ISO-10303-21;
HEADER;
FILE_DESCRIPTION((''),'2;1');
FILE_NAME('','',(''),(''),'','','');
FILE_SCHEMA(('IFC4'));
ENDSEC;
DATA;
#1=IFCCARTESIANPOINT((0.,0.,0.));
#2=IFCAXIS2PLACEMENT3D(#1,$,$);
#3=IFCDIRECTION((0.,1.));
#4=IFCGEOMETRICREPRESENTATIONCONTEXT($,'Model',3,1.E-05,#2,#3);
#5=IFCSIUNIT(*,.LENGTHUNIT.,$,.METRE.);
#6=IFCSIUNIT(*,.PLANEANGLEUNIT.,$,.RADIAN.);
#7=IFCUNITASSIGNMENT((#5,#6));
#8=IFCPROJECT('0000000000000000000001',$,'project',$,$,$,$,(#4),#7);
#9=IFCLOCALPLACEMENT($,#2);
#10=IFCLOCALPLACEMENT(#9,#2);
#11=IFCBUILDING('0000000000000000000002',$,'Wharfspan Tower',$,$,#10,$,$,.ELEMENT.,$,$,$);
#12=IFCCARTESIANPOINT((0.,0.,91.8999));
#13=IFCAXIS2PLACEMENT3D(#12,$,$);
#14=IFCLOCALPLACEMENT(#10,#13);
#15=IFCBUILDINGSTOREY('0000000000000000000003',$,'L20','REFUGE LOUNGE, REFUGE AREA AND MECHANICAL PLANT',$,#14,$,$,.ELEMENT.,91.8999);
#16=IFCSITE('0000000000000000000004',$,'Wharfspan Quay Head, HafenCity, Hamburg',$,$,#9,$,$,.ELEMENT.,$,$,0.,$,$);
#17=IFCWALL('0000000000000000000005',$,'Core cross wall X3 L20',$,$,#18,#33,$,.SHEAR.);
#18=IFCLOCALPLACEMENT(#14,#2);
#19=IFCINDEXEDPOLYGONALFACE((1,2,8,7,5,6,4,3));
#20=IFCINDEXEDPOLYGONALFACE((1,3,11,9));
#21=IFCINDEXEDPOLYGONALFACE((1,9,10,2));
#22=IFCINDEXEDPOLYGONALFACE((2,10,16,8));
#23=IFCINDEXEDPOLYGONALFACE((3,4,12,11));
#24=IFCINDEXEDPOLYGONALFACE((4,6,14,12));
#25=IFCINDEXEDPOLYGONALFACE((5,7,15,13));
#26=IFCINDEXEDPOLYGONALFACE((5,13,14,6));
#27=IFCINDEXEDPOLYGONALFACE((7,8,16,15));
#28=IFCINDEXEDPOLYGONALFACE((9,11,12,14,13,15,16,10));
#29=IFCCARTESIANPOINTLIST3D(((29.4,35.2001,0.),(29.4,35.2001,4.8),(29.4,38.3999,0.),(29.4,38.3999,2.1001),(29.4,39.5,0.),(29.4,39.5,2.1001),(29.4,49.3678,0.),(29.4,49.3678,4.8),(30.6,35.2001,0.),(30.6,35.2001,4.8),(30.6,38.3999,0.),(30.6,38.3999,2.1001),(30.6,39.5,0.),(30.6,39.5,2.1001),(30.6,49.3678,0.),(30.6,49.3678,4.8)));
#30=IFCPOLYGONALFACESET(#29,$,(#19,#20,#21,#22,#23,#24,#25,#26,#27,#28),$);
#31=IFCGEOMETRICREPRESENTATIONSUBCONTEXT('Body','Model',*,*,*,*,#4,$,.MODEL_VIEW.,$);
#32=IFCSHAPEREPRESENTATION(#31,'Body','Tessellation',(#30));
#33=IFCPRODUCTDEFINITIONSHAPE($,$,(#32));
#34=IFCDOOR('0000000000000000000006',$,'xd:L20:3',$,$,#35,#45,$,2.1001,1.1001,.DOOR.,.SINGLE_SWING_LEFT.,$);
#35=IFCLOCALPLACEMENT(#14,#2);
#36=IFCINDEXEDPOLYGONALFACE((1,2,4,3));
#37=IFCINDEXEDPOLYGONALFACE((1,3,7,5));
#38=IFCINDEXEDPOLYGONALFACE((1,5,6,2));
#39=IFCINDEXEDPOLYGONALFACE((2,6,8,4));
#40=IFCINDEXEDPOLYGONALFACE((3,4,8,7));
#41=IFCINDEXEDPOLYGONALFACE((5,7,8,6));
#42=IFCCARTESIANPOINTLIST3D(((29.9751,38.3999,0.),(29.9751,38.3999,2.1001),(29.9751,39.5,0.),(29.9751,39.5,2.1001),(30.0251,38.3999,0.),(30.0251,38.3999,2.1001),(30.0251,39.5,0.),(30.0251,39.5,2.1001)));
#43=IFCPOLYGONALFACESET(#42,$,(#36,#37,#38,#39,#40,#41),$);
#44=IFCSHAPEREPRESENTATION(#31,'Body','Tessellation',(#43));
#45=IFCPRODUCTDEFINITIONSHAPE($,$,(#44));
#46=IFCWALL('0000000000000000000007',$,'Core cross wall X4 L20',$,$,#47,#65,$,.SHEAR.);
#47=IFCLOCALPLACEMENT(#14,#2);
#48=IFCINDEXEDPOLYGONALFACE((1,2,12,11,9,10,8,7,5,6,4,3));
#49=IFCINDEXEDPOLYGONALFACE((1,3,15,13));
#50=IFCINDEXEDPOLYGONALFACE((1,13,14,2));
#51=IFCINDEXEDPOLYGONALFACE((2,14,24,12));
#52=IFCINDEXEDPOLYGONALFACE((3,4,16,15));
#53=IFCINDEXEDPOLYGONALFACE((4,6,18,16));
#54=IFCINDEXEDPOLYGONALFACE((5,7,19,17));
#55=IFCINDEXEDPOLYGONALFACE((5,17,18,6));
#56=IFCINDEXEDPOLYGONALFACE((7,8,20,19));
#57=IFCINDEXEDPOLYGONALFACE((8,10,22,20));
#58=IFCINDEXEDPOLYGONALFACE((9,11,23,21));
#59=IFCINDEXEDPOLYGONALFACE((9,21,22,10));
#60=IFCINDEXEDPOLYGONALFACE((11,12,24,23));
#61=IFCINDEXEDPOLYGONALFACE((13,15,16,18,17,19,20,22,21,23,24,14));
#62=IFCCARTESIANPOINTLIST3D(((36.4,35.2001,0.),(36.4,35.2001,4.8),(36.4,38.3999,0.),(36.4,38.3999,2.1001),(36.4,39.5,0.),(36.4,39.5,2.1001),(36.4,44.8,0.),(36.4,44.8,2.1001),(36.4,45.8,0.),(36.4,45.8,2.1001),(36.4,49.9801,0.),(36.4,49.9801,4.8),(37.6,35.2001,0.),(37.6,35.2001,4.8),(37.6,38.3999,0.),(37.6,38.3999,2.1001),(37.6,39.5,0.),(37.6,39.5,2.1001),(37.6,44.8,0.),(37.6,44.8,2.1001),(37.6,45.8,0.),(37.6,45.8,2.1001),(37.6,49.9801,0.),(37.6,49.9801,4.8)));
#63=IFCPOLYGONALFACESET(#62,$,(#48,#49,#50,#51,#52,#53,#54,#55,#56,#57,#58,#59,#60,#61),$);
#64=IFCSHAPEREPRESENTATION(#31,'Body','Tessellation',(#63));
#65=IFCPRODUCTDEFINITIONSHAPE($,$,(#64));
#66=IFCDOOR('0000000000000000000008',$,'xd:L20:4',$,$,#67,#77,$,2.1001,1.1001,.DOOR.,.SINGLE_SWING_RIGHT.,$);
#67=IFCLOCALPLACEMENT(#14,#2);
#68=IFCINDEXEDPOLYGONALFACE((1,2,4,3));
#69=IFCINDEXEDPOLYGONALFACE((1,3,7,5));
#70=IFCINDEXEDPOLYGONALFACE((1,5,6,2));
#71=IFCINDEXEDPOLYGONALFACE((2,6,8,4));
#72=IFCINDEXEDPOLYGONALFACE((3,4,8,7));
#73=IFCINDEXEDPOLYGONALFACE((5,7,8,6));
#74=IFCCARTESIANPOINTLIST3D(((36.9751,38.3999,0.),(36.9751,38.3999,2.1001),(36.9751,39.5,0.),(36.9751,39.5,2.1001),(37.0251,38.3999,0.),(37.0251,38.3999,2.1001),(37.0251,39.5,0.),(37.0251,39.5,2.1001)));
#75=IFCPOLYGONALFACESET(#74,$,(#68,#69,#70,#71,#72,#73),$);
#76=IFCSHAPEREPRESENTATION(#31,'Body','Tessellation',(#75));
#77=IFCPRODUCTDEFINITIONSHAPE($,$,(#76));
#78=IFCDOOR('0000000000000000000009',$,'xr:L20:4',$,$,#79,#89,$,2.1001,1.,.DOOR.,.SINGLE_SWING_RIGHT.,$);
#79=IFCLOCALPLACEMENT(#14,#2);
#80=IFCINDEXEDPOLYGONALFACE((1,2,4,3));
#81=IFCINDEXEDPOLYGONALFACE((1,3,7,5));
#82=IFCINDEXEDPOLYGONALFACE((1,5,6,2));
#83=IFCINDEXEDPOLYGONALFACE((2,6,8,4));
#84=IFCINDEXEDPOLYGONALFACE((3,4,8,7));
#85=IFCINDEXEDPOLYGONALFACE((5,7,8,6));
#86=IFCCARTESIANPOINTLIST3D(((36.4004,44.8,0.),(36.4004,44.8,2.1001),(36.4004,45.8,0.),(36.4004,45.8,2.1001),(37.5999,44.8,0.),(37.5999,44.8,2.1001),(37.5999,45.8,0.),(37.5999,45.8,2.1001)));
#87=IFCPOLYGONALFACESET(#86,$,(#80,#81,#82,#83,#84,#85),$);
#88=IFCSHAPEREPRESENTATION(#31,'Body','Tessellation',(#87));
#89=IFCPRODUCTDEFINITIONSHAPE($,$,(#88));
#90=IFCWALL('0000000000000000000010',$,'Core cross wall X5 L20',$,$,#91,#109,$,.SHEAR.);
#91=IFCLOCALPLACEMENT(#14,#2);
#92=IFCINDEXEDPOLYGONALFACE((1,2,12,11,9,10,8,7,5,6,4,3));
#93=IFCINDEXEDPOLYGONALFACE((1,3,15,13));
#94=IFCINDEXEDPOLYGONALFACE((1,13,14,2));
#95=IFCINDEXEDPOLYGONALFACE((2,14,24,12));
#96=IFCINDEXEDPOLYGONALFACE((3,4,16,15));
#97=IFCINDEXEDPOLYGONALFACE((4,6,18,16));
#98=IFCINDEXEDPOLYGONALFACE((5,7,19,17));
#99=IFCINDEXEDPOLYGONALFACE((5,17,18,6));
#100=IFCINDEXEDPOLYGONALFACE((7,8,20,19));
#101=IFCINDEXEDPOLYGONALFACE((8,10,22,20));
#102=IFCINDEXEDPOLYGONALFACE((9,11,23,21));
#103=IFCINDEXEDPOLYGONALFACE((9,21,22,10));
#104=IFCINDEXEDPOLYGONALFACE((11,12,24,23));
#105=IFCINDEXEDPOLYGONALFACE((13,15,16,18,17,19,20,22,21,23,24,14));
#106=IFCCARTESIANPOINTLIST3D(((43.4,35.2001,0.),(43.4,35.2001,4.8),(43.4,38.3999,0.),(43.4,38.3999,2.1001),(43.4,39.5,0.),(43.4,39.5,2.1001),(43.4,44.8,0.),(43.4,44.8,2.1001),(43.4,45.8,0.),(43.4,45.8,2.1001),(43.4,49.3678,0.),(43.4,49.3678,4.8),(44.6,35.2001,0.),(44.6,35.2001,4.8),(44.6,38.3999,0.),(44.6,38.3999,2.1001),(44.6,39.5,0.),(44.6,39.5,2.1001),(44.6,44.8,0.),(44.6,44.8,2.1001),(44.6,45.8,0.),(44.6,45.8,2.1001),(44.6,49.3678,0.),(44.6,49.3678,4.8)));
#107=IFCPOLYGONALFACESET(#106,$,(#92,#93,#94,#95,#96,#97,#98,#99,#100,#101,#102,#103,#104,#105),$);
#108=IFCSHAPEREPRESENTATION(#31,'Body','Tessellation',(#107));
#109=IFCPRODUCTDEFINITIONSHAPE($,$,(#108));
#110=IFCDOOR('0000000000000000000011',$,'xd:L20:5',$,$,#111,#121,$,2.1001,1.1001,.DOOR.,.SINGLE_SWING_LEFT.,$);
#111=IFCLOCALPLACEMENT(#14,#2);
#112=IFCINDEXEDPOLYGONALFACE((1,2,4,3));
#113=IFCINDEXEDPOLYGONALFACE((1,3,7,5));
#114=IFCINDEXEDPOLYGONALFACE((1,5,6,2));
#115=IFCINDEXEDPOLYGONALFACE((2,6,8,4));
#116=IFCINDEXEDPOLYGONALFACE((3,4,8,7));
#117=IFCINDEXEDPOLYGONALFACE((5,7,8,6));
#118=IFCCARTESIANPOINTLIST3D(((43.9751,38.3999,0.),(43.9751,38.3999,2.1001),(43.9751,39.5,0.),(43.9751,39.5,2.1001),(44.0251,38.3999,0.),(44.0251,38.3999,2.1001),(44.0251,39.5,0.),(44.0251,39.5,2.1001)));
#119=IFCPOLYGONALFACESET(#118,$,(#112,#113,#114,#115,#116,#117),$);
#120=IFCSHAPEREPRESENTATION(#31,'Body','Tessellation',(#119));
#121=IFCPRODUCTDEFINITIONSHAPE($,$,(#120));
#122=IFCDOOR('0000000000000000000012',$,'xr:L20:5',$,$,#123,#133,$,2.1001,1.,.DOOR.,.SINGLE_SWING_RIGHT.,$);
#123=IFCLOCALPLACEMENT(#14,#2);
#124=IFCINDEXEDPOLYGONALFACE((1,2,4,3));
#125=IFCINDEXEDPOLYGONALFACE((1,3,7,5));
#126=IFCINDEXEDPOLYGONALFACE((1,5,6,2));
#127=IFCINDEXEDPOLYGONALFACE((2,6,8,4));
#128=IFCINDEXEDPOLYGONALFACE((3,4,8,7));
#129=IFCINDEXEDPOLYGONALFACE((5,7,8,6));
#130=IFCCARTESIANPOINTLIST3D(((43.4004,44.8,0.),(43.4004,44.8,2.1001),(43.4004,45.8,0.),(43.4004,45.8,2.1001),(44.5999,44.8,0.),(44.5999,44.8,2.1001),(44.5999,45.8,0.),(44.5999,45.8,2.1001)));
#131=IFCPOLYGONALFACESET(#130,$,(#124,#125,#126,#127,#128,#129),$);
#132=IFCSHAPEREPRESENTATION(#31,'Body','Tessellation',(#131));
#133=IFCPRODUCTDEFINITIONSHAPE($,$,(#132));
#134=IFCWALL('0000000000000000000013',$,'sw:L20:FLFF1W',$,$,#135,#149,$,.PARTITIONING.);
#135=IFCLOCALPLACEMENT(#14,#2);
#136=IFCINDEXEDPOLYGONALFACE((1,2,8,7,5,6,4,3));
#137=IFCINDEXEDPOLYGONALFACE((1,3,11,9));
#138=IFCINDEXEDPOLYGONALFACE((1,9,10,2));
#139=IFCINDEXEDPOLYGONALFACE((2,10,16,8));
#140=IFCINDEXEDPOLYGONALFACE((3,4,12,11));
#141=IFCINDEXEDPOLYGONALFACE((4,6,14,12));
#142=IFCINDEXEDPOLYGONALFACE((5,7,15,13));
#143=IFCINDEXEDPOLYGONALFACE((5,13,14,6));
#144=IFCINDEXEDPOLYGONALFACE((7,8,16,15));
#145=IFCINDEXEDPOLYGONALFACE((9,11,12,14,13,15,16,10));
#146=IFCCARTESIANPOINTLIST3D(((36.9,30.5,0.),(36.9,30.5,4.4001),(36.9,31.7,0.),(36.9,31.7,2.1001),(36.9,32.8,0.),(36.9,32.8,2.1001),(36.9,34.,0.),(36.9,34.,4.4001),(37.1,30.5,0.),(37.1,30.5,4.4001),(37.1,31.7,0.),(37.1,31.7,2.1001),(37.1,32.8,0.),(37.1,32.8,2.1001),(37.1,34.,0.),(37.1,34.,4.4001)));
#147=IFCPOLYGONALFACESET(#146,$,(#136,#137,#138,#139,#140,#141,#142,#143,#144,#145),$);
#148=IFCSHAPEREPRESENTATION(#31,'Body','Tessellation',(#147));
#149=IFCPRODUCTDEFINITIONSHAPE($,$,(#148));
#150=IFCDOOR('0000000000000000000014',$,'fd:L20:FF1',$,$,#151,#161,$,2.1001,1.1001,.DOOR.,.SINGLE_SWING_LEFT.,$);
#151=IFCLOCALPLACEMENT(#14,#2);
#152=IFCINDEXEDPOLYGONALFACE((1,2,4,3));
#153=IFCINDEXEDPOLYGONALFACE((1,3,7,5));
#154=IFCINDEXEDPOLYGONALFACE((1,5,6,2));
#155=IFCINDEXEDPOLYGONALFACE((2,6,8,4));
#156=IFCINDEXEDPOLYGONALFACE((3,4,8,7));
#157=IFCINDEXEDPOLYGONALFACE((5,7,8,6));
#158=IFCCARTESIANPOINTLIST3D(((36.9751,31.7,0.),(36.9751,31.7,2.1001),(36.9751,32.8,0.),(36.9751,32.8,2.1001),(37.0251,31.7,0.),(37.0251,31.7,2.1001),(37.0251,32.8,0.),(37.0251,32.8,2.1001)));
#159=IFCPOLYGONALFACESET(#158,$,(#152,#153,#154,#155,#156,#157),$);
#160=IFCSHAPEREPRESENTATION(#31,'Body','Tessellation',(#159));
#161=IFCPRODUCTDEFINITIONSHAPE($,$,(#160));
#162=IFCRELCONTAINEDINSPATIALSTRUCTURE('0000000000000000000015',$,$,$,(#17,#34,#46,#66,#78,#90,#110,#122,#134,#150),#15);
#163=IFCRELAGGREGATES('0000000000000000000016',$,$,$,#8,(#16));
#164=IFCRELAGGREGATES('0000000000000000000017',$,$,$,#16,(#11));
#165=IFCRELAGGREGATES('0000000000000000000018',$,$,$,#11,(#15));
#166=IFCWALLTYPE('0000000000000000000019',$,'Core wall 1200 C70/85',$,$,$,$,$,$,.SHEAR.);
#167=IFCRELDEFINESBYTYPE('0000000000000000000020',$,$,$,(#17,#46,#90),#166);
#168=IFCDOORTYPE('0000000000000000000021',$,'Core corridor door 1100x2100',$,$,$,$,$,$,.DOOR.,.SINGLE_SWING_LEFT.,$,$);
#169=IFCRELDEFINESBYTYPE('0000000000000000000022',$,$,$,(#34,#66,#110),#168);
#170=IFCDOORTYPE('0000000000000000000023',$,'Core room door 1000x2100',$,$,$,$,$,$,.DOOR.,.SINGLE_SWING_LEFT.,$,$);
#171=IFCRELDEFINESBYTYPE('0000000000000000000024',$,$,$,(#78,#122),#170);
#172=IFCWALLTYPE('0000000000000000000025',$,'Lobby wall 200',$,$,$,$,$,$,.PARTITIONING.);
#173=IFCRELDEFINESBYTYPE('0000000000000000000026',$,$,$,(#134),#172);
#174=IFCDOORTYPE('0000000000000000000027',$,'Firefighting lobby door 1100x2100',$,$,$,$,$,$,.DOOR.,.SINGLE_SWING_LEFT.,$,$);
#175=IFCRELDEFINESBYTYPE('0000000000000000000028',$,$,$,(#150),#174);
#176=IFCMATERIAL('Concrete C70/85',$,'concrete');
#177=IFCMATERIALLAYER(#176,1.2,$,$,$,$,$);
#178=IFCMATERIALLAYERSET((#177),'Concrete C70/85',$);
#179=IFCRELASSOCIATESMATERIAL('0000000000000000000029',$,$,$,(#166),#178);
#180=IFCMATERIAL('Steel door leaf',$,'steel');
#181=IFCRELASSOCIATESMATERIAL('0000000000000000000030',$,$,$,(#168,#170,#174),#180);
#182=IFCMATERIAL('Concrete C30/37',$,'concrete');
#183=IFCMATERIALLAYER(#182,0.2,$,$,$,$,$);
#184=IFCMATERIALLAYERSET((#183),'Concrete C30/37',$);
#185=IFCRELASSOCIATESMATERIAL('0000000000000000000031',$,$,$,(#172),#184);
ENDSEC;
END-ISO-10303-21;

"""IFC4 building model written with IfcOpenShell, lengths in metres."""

from ifc_helpers import new_model, si_unit, direction, frame, frame_2d, origin, place, context, subcontext, project, spatial, rectangle, extrude, material, layer, layer_set, type_object, element, fill, save


model = new_model("IFC4")

# Units and contexts
model_context = context("Model", 3, precision=1e-05, world=origin(), true_north=direction((0.0, 1.0)))
body_context = subcontext(model_context, "Body", "Model", "MODEL_VIEW")
ifc_project = project(units=[si_unit("LENGTHUNIT", "METRE"), si_unit("PLANEANGLEUNIT", "RADIAN")], contexts=[model_context])

# Site, building, storey
site_placement = place(None, origin())
site = spatial("IfcSite", under=ifc_project, at=site_placement, Name="Wharfspan Quay Head, HafenCity, Hamburg", CompositionType="ELEMENT", RefElevation=0.0)
building_placement = place(site_placement, origin())
building = spatial("IfcBuilding", under=site, at=building_placement, Name="Wharfspan Tower", CompositionType="ELEMENT")
storey_placement = place(building_placement, frame((0.0, 0.0, 91.8999)))
storey = spatial("IfcBuildingStorey", under=building, at=storey_placement, Name="L20", Description="REFUGE LOUNGE, REFUGE AREA AND MECHANICAL PLANT", CompositionType="ELEMENT", Elevation=91.8999)

# Wall, opening, door
ifc_material_1 = material(Name="Concrete C70/85", Category="concrete")
ifc_layer_1 = layer(ifc_material_1, 1.2)
ifc_layer_set_1 = layer_set([ifc_layer_1], Name="Concrete C70/85")
wall_type_1 = type_object("IfcWallType", Name="Core wall 1200 C70/85", PredefinedType="SHEAR", material=ifc_layer_set_1)
wall_1_placement = place(storey_placement, frame((30.0, 35.2, 0.0), z_axis=(0.0, 0.0, 1.0), x_axis=(0.0, 1.0, 0.0)))
wall_1 = element("IfcWall", 1, at=wall_1_placement, inside=storey, type_object=wall_type_1, Name="Core cross wall X3 L20", PredefinedType="SHEAR", context=body_context, shape_type="SweptSolid", body=[
    extrude(rectangle(XDim=14.1677, YDim=1.2, at=frame_2d((7.084, 0.0))), origin(), (0.0, 0.0, 1.0), 4.8),
])
opening_1_placement = place(wall_1_placement, frame((3.2, 0.0, 0.0)))
opening_1 = element("IfcOpeningElement", 2, at=opening_1_placement, cuts=wall_1, PredefinedType="OPENING", context=body_context, shape_type="SweptSolid", body=[
    extrude(rectangle(XDim=1.1001, YDim=2.1001, at=frame_2d((0.55, 1.05))), frame((0.0, 0.6099, 0.0), z_axis=(0.0, -1.0, 0.0), x_axis=(1.0, 0.0, 0.0)), (0.0, 0.0, 1.0), 1.22),
])
ifc_material_2 = material(Name="Steel door leaf", Category="steel")
door_type_1 = type_object("IfcDoorType", Name="Core corridor door 1100x2100", OperationType="SINGLE_SWING_LEFT", PredefinedType="DOOR", material=ifc_material_2)
door_1_placement = place(opening_1_placement, origin())
door_1 = element("IfcDoor", 3, at=door_1_placement, inside=storey, type_object=door_type_1, Name="xd:L20:3", OperationType="SINGLE_SWING_LEFT", OverallHeight=2.1001, OverallWidth=1.1001, PredefinedType="DOOR", context=body_context, shape_type="SweptSolid", body=[
    extrude(rectangle(XDim=1.1001, YDim=2.1001, at=frame_2d((0.55, 1.05))), frame((0.0, 0.0249, 0.0), z_axis=(0.0, -1.0, 0.0), x_axis=(1.0, 0.0, 0.0)), (0.0, 0.0, 1.0), 0.05),
])
fill(opening_1, door_1)

# Walls, openings, doors
wall_2_placement = place(storey_placement, frame((37.0, 35.2, 0.0), z_axis=(0.0, 0.0, 1.0), x_axis=(0.0, 1.0, 0.0)))
wall_2 = element("IfcWall", 4, at=wall_2_placement, inside=storey, type_object=wall_type_1, Name="Core cross wall X4 L20", PredefinedType="SHEAR", context=body_context, shape_type="SweptSolid", body=[
    extrude(rectangle(XDim=14.78, YDim=1.2, at=frame_2d((7.3901, 0.0))), origin(), (0.0, 0.0, 1.0), 4.8),
])
opening_2_placement = place(wall_2_placement, frame((3.2, 0.0, 0.0)))
opening_2 = element("IfcOpeningElement", 5, at=opening_2_placement, cuts=wall_2, PredefinedType="OPENING", context=body_context, shape_type="SweptSolid", body=[
    extrude(rectangle(XDim=1.1001, YDim=2.1001, at=frame_2d((0.55, 1.05))), frame((0.0, 0.6099, 0.0), z_axis=(0.0, -1.0, 0.0), x_axis=(1.0, 0.0, 0.0)), (0.0, 0.0, 1.0), 1.22),
])
opening_3_placement = place(wall_2_placement, frame((9.6001, 0.0, 0.0)))
opening_3 = element("IfcOpeningElement", 6, at=opening_3_placement, cuts=wall_2, PredefinedType="OPENING", context=body_context, shape_type="SweptSolid", body=[
    extrude(rectangle(XDim=1.0, YDim=2.1001, at=frame_2d((0.5, 1.05))), frame((0.0, 0.6099, 0.0), z_axis=(0.0, -1.0, 0.0), x_axis=(1.0, 0.0, 0.0)), (0.0, 0.0, 1.0), 1.22),
])
door_2_placement = place(opening_2_placement, origin())
door_2 = element("IfcDoor", 7, at=door_2_placement, inside=storey, type_object=door_type_1, Name="xd:L20:4", OperationType="SINGLE_SWING_RIGHT", OverallHeight=2.1001, OverallWidth=1.1001, PredefinedType="DOOR", context=body_context, shape_type="SweptSolid", body=[
    extrude(rectangle(XDim=1.1001, YDim=2.1001, at=frame_2d((0.55, 1.05))), frame((0.0, 0.0249, 0.0), z_axis=(0.0, -1.0, 0.0), x_axis=(1.0, 0.0, 0.0)), (0.0, 0.0, 1.0), 0.05),
])
fill(opening_2, door_2)
door_type_2 = type_object("IfcDoorType", Name="Core room door 1000x2100", OperationType="SINGLE_SWING_LEFT", PredefinedType="DOOR", material=ifc_material_2)
door_3_placement = place(opening_3_placement, origin())
door_3 = element("IfcDoor", 8, at=door_3_placement, inside=storey, type_object=door_type_2, Name="xr:L20:4", OperationType="SINGLE_SWING_RIGHT", OverallHeight=2.1001, OverallWidth=1.0, PredefinedType="DOOR", context=body_context, shape_type="SweptSolid", body=[
    extrude(rectangle(XDim=1.0, YDim=2.1001, at=frame_2d((0.5, 1.05))), frame((0.0, 0.5996, 0.0), z_axis=(0.0, -1.0, 0.0), x_axis=(1.0, 0.0, 0.0)), (0.0, 0.0, 1.0), 1.1995),
])
fill(opening_3, door_3)
wall_3_placement = place(storey_placement, frame((44.0, 35.2, 0.0), z_axis=(0.0, 0.0, 1.0), x_axis=(0.0, 1.0, 0.0)))
wall_3 = element("IfcWall", 9, at=wall_3_placement, inside=storey, type_object=wall_type_1, Name="Core cross wall X5 L20", PredefinedType="SHEAR", context=body_context, shape_type="SweptSolid", body=[
    extrude(rectangle(XDim=14.1677, YDim=1.2, at=frame_2d((7.084, 0.0))), origin(), (0.0, 0.0, 1.0), 4.8),
])
opening_4_placement = place(wall_3_placement, frame((3.2, 0.0, 0.0)))
opening_4 = element("IfcOpeningElement", 10, at=opening_4_placement, cuts=wall_3, PredefinedType="OPENING", context=body_context, shape_type="SweptSolid", body=[
    extrude(rectangle(XDim=1.1001, YDim=2.1001, at=frame_2d((0.55, 1.05))), frame((0.0, 0.6099, 0.0), z_axis=(0.0, -1.0, 0.0), x_axis=(1.0, 0.0, 0.0)), (0.0, 0.0, 1.0), 1.22),
])
opening_5_placement = place(wall_3_placement, frame((9.6001, 0.0, 0.0)))
opening_5 = element("IfcOpeningElement", 11, at=opening_5_placement, cuts=wall_3, PredefinedType="OPENING", context=body_context, shape_type="SweptSolid", body=[
    extrude(rectangle(XDim=1.0, YDim=2.1001, at=frame_2d((0.5, 1.05))), frame((0.0, 0.6099, 0.0), z_axis=(0.0, -1.0, 0.0), x_axis=(1.0, 0.0, 0.0)), (0.0, 0.0, 1.0), 1.22),
])
door_4_placement = place(opening_4_placement, origin())
door_4 = element("IfcDoor", 12, at=door_4_placement, inside=storey, type_object=door_type_1, Name="xd:L20:5", OperationType="SINGLE_SWING_LEFT", OverallHeight=2.1001, OverallWidth=1.1001, PredefinedType="DOOR", context=body_context, shape_type="SweptSolid", body=[
    extrude(rectangle(XDim=1.1001, YDim=2.1001, at=frame_2d((0.55, 1.05))), frame((0.0, 0.0249, 0.0), z_axis=(0.0, -1.0, 0.0), x_axis=(1.0, 0.0, 0.0)), (0.0, 0.0, 1.0), 0.05),
])
fill(opening_4, door_4)
door_5_placement = place(opening_5_placement, origin())
door_5 = element("IfcDoor", 13, at=door_5_placement, inside=storey, type_object=door_type_2, Name="xr:L20:5", OperationType="SINGLE_SWING_RIGHT", OverallHeight=2.1001, OverallWidth=1.0, PredefinedType="DOOR", context=body_context, shape_type="SweptSolid", body=[
    extrude(rectangle(XDim=1.0, YDim=2.1001, at=frame_2d((0.5, 1.05))), frame((0.0, 0.5996, 0.0), z_axis=(0.0, -1.0, 0.0), x_axis=(1.0, 0.0, 0.0)), (0.0, 0.0, 1.0), 1.1995),
])
fill(opening_5, door_5)

# Wall, opening, door
ifc_material_3 = material(Name="Concrete C30/37", Category="concrete")
ifc_layer_2 = layer(ifc_material_3, 0.2)
ifc_layer_set_2 = layer_set([ifc_layer_2], Name="Concrete C30/37")
wall_type_2 = type_object("IfcWallType", Name="Lobby wall 200", PredefinedType="PARTITIONING", material=ifc_layer_set_2)
wall_4_placement = place(storey_placement, frame((37.0, 30.5, 0.0), z_axis=(0.0, 0.0, 1.0), x_axis=(0.0, 1.0, 0.0)))
wall_4 = element("IfcWall", 14, at=wall_4_placement, inside=storey, type_object=wall_type_2, Name="sw:L20:FLFF1W", PredefinedType="PARTITIONING", context=body_context, shape_type="SweptSolid", body=[
    extrude(rectangle(XDim=3.5, YDim=0.2, at=frame_2d((1.75, 0.0))), origin(), (0.0, 0.0, 1.0), 4.4001),
])
opening_6_placement = place(wall_4_placement, frame((1.2, 0.0, 0.0)))
opening_6 = element("IfcOpeningElement", 15, at=opening_6_placement, cuts=wall_4, PredefinedType="OPENING", context=body_context, shape_type="SweptSolid", body=[
    extrude(rectangle(XDim=1.1001, YDim=2.1001, at=frame_2d((0.55, 1.05))), frame((0.0, 0.1099, 0.0), z_axis=(0.0, -1.0, 0.0), x_axis=(1.0, 0.0, 0.0)), (0.0, 0.0, 1.0), 0.22),
])
door_type_3 = type_object("IfcDoorType", Name="Firefighting lobby door 1100x2100", OperationType="SINGLE_SWING_LEFT", PredefinedType="DOOR", material=ifc_material_2)
door_6_placement = place(opening_6_placement, origin())
door_6 = element("IfcDoor", 16, at=door_6_placement, inside=storey, type_object=door_type_3, Name="fd:L20:FF1", OperationType="SINGLE_SWING_LEFT", OverallHeight=2.1001, OverallWidth=1.1001, PredefinedType="DOOR", context=body_context, shape_type="SweptSolid", body=[
    extrude(rectangle(XDim=1.1001, YDim=2.1001, at=frame_2d((0.55, 1.05))), frame((0.0, 0.0249, 0.0), z_axis=(0.0, -1.0, 0.0), x_axis=(1.0, 0.0, 0.0)), (0.0, 0.0, 1.0), 0.05),
])
fill(opening_6, door_6)

save(model, "model.ifc")
